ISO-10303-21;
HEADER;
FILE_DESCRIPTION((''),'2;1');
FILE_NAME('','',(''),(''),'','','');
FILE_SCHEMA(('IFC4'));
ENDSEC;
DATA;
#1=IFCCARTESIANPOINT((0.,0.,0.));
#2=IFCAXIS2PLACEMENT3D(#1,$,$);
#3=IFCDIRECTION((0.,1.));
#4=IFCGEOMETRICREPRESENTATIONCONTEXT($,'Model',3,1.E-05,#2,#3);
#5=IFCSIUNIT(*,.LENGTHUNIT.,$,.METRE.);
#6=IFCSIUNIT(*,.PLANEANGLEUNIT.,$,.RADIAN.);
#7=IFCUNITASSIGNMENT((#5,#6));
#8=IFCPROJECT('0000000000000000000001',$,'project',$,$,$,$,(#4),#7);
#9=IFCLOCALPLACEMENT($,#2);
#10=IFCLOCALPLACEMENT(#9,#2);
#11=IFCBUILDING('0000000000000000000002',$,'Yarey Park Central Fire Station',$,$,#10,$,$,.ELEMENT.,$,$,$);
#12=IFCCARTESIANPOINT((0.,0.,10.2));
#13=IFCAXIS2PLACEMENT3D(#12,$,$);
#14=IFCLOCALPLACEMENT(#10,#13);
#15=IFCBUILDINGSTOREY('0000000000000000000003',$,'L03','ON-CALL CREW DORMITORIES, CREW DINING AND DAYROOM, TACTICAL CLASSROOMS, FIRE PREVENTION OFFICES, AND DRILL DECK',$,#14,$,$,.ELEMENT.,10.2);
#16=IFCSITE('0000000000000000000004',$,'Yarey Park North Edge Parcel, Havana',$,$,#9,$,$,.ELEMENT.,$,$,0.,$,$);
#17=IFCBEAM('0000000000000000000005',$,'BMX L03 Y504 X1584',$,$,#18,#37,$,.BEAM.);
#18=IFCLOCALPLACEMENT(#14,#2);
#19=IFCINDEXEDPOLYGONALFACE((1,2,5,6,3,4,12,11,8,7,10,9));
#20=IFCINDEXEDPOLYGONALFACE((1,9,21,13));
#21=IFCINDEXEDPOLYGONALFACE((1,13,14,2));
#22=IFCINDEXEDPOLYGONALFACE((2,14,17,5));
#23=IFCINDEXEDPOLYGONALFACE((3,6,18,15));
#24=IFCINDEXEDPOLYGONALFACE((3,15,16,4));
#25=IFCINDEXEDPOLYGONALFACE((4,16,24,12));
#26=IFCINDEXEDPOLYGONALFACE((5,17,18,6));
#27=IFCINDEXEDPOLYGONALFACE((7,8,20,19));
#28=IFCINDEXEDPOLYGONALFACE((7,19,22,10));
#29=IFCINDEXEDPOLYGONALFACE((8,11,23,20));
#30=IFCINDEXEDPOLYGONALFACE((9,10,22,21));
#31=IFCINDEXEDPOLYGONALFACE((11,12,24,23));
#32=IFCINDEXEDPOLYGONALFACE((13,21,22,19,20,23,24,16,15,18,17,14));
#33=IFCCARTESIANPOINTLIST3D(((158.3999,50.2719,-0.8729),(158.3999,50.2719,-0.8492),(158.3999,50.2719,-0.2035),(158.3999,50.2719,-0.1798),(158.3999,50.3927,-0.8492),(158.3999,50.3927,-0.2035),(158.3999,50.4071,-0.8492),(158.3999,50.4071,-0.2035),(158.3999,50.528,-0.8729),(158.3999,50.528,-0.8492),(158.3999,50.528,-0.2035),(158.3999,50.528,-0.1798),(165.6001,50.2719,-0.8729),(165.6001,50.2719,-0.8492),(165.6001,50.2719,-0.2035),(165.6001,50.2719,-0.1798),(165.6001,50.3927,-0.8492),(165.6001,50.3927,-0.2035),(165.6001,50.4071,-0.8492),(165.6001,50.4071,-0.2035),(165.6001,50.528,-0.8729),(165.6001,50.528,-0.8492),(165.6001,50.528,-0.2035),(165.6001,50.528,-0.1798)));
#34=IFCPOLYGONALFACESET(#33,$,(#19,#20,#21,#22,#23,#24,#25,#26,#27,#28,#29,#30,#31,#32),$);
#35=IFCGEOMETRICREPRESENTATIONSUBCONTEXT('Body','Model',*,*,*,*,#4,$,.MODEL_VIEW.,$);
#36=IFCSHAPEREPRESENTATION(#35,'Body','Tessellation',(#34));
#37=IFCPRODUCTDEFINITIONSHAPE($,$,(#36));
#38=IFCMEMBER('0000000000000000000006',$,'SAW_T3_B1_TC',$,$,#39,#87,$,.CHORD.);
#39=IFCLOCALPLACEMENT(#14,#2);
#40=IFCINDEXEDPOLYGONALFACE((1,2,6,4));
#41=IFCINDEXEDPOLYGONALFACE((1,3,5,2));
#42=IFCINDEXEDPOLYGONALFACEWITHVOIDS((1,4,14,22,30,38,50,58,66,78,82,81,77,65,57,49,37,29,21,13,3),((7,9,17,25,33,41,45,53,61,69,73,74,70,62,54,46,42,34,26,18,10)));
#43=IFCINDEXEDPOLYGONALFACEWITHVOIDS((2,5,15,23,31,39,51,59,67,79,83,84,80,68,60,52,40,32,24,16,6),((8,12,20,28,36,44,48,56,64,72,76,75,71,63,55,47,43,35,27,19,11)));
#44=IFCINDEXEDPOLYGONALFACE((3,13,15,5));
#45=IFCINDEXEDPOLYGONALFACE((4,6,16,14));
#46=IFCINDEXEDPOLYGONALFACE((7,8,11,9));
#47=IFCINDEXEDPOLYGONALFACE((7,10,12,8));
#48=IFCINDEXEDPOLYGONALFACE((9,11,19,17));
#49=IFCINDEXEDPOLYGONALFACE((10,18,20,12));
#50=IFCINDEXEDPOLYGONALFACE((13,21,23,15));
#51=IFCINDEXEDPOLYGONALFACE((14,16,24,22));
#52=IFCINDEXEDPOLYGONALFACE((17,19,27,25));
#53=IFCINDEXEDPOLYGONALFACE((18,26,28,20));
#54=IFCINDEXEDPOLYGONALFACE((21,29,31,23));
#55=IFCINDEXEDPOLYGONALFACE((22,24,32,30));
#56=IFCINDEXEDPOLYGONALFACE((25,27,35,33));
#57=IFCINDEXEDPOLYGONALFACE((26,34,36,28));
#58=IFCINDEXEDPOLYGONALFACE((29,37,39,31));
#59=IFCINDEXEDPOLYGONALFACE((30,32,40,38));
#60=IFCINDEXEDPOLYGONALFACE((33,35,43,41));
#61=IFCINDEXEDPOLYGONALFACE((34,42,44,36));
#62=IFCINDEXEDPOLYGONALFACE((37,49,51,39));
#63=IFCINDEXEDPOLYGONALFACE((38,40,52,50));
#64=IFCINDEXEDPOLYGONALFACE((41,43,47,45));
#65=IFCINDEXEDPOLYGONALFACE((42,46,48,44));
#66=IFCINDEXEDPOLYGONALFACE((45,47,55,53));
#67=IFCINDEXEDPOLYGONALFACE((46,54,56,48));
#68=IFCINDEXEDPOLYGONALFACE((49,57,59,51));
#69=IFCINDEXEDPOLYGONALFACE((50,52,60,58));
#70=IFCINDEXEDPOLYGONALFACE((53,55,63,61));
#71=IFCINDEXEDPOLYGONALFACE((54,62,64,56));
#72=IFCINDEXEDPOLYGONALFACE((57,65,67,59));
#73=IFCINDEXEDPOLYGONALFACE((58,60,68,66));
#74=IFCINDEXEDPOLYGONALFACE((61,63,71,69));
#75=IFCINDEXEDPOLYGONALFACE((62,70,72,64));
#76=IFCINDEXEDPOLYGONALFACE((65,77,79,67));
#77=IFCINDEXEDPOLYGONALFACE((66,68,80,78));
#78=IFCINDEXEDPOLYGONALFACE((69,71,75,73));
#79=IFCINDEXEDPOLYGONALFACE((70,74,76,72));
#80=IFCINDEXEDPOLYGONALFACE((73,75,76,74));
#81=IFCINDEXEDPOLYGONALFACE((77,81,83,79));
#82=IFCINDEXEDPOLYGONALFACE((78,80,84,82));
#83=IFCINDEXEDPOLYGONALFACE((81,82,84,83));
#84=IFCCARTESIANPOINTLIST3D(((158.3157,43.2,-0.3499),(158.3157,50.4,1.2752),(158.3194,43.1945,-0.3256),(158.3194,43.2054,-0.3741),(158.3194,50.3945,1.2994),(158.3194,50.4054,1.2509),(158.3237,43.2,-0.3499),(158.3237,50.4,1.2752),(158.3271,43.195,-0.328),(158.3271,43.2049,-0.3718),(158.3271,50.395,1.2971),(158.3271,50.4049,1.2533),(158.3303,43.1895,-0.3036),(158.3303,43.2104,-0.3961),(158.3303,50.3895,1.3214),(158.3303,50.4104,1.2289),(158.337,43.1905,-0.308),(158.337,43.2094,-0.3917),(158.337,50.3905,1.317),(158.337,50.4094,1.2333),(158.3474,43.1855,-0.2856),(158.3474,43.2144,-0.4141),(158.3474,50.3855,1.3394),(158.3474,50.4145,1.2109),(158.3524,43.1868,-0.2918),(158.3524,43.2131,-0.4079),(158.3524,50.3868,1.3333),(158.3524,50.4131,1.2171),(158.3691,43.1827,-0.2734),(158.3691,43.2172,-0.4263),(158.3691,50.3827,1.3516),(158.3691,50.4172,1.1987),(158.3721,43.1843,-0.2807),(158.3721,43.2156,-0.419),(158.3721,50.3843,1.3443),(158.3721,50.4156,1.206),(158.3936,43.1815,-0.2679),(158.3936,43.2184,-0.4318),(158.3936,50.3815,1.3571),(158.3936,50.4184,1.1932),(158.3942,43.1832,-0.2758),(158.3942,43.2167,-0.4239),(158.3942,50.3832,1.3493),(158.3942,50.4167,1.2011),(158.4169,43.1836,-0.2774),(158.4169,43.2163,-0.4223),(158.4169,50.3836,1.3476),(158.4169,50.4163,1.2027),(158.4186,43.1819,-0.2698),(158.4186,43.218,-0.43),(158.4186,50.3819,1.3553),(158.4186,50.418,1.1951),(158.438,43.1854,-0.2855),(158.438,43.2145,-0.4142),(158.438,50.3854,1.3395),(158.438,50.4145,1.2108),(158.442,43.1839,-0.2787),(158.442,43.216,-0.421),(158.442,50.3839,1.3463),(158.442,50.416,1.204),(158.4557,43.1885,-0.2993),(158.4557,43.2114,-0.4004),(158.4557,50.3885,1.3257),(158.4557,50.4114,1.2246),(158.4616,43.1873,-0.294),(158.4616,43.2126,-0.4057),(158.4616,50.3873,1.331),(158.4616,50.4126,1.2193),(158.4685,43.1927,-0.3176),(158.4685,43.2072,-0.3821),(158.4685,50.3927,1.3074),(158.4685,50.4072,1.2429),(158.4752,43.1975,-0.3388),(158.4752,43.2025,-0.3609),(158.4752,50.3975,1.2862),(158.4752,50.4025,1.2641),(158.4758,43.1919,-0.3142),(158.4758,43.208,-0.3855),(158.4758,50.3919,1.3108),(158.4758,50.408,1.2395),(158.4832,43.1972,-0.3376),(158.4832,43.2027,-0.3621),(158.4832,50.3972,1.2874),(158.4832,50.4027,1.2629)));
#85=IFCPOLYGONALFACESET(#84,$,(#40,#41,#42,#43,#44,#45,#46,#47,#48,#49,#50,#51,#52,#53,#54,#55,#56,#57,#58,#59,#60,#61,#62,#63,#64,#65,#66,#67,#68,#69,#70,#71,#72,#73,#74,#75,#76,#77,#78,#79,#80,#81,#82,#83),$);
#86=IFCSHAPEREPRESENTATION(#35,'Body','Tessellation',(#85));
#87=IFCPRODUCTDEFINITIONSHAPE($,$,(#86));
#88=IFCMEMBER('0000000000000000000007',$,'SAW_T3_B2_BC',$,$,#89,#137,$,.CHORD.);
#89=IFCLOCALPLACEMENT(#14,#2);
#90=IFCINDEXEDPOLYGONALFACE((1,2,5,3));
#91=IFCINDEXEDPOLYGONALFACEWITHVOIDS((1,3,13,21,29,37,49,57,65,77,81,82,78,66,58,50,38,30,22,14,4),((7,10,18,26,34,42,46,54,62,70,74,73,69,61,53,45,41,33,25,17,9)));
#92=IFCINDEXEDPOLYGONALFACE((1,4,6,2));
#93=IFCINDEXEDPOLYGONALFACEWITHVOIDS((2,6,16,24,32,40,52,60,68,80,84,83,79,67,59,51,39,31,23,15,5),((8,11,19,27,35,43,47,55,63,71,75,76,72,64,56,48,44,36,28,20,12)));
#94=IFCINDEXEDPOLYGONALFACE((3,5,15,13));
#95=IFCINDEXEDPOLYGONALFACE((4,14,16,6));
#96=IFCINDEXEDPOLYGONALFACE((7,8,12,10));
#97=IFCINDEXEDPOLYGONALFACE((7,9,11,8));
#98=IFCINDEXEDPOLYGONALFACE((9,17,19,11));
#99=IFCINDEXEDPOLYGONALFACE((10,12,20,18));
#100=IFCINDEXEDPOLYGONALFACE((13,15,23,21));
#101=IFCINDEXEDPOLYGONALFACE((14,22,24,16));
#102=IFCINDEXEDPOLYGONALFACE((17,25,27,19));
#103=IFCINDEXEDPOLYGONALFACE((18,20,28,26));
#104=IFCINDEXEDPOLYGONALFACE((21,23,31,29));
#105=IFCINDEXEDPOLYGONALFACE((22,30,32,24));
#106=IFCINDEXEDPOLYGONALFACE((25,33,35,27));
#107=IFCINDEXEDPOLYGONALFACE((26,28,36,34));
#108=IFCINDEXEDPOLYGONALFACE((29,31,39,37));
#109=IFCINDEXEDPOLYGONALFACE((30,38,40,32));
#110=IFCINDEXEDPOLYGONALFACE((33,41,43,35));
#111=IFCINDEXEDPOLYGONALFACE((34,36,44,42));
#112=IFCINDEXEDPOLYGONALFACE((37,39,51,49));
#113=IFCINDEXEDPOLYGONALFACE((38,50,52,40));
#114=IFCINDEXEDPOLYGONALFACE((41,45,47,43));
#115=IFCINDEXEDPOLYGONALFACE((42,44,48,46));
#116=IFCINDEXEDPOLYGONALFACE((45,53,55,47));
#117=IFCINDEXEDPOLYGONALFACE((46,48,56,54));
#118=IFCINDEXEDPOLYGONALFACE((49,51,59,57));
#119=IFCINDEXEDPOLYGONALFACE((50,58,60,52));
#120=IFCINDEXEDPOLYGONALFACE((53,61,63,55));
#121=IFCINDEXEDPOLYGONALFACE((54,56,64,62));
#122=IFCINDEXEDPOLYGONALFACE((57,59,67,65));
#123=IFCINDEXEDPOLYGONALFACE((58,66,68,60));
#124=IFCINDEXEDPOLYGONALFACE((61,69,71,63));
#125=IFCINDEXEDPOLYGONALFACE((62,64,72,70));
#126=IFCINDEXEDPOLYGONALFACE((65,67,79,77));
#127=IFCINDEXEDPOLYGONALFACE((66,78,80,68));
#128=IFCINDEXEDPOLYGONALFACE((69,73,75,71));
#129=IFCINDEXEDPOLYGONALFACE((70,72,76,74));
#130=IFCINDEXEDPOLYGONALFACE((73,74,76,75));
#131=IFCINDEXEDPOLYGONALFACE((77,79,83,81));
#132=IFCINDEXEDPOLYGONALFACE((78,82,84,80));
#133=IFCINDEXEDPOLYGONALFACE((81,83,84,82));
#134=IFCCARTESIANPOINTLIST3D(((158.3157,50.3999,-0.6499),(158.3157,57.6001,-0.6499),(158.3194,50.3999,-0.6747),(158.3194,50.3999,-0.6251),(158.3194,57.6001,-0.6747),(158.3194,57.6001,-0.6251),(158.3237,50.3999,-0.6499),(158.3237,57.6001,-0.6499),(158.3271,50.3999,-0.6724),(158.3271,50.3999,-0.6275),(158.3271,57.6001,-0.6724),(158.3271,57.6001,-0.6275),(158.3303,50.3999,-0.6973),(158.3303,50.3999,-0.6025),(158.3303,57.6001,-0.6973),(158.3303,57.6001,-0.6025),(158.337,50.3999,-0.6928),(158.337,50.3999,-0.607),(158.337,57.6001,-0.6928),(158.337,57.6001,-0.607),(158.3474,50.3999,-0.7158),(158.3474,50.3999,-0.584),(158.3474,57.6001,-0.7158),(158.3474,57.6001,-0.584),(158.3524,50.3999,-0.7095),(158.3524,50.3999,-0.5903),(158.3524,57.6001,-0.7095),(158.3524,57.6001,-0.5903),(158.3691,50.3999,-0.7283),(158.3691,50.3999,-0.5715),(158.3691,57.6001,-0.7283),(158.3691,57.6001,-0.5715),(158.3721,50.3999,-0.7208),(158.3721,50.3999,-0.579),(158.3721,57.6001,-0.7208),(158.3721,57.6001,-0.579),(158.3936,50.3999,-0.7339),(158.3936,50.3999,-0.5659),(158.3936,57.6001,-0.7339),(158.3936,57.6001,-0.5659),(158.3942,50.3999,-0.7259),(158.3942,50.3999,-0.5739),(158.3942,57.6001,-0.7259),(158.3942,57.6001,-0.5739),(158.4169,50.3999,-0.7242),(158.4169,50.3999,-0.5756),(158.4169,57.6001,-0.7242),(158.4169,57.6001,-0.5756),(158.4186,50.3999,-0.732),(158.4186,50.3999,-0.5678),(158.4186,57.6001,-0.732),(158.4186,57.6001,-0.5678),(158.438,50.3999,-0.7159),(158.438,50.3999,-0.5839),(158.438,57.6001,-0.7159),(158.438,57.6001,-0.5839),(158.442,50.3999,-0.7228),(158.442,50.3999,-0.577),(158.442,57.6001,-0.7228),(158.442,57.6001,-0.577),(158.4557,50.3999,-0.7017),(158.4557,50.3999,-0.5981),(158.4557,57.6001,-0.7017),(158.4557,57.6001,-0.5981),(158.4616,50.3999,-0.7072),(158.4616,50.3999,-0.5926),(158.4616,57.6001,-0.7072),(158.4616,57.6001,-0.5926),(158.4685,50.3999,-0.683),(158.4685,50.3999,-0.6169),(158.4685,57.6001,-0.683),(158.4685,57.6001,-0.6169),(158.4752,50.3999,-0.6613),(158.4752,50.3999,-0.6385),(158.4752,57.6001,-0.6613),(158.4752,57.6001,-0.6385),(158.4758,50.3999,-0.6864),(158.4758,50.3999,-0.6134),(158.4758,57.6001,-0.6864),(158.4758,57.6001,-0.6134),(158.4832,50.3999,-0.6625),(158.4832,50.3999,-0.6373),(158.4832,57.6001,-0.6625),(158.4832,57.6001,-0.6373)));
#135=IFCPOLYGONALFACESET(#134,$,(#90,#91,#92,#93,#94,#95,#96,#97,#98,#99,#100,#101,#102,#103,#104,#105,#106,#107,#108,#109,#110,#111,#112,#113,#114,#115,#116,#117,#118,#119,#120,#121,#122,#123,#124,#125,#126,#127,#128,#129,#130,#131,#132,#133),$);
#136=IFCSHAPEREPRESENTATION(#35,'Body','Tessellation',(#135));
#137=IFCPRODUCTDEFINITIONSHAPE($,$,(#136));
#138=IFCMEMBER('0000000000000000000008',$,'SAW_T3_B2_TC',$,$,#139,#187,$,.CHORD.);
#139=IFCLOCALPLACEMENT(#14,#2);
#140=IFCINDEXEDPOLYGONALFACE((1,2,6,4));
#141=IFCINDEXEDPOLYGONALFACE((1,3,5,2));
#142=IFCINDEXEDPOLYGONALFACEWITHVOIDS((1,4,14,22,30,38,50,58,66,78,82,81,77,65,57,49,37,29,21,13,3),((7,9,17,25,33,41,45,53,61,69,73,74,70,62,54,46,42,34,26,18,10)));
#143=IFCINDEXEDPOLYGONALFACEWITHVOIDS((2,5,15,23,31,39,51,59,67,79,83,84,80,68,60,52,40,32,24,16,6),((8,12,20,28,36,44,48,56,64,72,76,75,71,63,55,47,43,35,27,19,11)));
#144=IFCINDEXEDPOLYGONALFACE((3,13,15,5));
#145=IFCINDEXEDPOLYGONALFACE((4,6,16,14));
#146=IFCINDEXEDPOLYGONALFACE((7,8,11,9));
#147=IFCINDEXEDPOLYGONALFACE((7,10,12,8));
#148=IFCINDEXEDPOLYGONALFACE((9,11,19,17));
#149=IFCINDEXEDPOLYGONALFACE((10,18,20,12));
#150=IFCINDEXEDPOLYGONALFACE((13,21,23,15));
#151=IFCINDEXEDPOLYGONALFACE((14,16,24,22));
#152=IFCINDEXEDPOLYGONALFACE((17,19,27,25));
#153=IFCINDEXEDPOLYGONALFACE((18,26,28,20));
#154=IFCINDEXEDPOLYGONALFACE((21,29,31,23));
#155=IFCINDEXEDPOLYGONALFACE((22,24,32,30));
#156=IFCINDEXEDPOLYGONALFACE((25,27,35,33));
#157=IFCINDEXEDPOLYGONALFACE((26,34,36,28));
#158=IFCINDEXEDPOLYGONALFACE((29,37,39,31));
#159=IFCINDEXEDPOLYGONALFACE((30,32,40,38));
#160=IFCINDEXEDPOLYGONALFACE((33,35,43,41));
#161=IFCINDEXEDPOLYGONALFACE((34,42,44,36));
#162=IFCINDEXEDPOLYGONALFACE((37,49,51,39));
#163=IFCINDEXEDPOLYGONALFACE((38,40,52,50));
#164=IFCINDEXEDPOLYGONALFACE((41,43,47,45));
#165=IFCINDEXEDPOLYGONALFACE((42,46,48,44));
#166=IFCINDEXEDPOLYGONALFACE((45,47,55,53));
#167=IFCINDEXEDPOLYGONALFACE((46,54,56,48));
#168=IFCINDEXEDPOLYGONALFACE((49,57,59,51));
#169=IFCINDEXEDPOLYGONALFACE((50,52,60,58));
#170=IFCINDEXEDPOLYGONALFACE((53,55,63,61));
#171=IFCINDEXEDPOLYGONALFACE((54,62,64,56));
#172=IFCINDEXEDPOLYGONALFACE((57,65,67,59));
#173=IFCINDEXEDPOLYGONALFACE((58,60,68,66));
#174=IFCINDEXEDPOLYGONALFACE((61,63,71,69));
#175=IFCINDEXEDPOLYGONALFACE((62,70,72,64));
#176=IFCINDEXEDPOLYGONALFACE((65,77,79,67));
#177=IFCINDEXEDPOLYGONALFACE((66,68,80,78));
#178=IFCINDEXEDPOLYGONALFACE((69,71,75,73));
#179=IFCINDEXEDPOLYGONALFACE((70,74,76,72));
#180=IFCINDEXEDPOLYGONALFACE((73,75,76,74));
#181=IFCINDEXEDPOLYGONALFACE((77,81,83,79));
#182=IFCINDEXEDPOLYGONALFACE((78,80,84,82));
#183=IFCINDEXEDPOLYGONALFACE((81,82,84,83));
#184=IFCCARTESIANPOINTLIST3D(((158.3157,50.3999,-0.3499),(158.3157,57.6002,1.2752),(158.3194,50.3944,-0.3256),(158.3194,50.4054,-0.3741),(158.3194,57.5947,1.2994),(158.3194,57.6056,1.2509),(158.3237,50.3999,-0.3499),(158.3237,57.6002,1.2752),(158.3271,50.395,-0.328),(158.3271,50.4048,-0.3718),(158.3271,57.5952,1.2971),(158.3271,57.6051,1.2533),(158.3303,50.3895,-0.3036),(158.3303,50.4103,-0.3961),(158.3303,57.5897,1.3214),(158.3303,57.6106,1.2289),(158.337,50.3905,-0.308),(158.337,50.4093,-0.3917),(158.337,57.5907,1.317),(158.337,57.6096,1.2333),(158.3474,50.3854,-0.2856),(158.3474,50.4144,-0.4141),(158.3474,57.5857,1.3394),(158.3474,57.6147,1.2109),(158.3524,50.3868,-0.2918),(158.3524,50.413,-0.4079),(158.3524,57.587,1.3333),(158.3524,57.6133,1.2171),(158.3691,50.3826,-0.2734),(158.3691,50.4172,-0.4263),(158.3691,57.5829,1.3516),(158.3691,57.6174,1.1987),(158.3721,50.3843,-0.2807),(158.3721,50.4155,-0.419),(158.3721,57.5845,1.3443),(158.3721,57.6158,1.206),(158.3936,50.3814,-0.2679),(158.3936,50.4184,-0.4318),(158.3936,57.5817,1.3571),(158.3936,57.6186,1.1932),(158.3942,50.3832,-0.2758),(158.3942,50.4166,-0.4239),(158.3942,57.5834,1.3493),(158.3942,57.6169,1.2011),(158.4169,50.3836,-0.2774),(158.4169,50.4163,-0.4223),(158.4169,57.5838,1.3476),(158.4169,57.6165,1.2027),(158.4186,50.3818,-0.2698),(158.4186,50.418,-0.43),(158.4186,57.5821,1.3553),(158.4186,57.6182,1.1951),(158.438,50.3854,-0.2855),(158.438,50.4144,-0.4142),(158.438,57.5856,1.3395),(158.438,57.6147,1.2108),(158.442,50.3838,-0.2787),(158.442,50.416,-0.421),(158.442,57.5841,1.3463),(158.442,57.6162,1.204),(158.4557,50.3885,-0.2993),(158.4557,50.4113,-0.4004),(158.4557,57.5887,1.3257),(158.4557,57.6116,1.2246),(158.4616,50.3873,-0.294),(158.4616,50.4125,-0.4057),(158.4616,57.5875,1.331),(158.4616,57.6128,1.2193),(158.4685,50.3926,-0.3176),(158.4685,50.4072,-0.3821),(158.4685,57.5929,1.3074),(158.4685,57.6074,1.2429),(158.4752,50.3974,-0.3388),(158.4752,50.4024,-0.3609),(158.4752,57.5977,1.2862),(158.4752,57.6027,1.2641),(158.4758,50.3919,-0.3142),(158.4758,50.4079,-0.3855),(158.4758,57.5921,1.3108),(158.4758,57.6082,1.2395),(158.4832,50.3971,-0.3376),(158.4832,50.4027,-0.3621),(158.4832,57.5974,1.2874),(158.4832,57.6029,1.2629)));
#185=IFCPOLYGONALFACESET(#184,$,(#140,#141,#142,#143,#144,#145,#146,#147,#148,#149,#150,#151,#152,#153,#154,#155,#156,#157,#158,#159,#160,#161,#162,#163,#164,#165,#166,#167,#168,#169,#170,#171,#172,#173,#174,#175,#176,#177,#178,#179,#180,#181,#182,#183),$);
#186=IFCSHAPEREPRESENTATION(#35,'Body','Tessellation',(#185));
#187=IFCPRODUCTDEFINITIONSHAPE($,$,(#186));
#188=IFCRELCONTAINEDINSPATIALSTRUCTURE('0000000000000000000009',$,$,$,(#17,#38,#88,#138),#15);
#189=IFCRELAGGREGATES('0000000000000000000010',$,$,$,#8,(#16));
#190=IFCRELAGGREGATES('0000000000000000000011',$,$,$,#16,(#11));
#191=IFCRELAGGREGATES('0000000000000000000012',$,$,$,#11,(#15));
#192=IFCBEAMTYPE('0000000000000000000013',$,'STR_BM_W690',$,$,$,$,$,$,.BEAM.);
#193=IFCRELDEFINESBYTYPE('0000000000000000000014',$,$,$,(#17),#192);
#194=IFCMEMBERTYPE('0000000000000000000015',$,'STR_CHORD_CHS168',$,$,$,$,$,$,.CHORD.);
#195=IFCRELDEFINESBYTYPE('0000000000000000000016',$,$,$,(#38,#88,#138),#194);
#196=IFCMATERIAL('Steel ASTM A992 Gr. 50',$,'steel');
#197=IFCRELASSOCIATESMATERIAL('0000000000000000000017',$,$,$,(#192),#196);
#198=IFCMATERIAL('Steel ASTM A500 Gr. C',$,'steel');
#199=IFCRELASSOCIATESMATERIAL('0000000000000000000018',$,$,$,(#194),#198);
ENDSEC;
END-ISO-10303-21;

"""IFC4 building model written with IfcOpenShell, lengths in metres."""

from ifc_helpers import new_model, si_unit, direction, frame, origin, origin_2d, place, context, subcontext, project, spatial, hollow_circle, i_section, extrude, material, material_profile, profile_set, type_object, element, save


model = new_model("IFC4")

# Units and contexts
model_context = context("Model", 3, precision=1e-05, world=origin(), true_north=direction((0.0, 1.0)))
body_context = subcontext(model_context, "Body", "Model", "MODEL_VIEW")
ifc_project = project(units=[si_unit("LENGTHUNIT", "METRE"), si_unit("PLANEANGLEUNIT", "RADIAN")], contexts=[model_context])

# Site, building, storey
site_placement = place(None, origin())
site = spatial("IfcSite", under=ifc_project, at=site_placement, Name="Yarey Park North Edge Parcel, Havana", CompositionType="ELEMENT", RefElevation=0.0)
building_placement = place(site_placement, origin())
building = spatial("IfcBuilding", under=site, at=building_placement, Name="Yarey Park Central Fire Station", CompositionType="ELEMENT")
storey_placement = place(building_placement, frame((0.0, 0.0, 10.2)))
storey = spatial("IfcBuildingStorey", under=building, at=storey_placement, Name="L03", Description="ON-CALL CREW DORMITORIES, CREW DINING AND DAYROOM, TACTICAL CLASSROOMS, FIRE PREVENTION OFFICES, AND DRILL DECK", CompositionType="ELEMENT", Elevation=10.2)

# Beam
ifc_material_1 = material(Name="Steel ASTM A992 Gr. 50", Category="steel")
ifc_material_profile_1 = material_profile(ifc_material_1, i_section(OverallWidth=0.2561, OverallDepth=0.6931, WebThickness=0.0144, FlangeThickness=0.0237, at=origin_2d()), Name="W690x170")
ifc_profile_set_1 = profile_set([ifc_material_profile_1], Name="Steel ASTM A992 Gr. 50")
beam_type_1 = type_object("IfcBeamType", Name="STR_BM_W690", PredefinedType="BEAM", material=ifc_profile_set_1)
beam_1_placement = place(storey_placement, frame((158.3999, 50.3999, -0.5264), z_axis=(1.0, 0.0, 0.0), x_axis=(0.0, 1.0, 0.0)))
element("IfcBeam", 1, at=beam_1_placement, inside=storey, type_object=beam_type_1, Name="BMX L03 Y504 X1584", PredefinedType="BEAM", context=body_context, shape_type="SweptSolid", body=[
    extrude(i_section(OverallWidth=0.2561, OverallDepth=0.6931, WebThickness=0.0144, FlangeThickness=0.0237, at=origin_2d()), origin(), (0.0, 0.0, 1.0), 7.2002),
])

# Members
ifc_material_2 = material(Name="Steel ASTM A500 Gr. C", Category="steel")
ifc_material_profile_2 = material_profile(ifc_material_2, hollow_circle(Radius=0.0842, WallThickness=0.0081, at=origin_2d()), Name="CHS 168.3x8")
ifc_profile_set_2 = profile_set([ifc_material_profile_2], Name="Steel ASTM A500 Gr. C")
member_type_1 = type_object("IfcMemberType", Name="STR_CHORD_CHS168", PredefinedType="CHORD", material=ifc_profile_set_2)
member_1_placement = place(storey_placement, frame((158.3999, 43.2, -0.3499), z_axis=(0.0, 0.975464, 0.220158), x_axis=(-1.0, 0.0, 0.0)))
element("IfcMember", 2, at=member_1_placement, inside=storey, type_object=member_type_1, Name="SAW_T3_B1_TC", PredefinedType="CHORD", context=body_context, shape_type="SweptSolid", body=[
    extrude(hollow_circle(Radius=0.0842, WallThickness=0.0081, at=origin_2d()), origin(), (0.0, 0.0, 1.0), 7.3811),
])
member_2_placement = place(storey_placement, frame((158.3999, 50.3999, -0.6499), z_axis=(0.0, 1.0, 0.0), x_axis=(-1.0, 0.0, 0.0)))
element("IfcMember", 3, at=member_2_placement, inside=storey, type_object=member_type_1, Name="SAW_T3_B2_BC", PredefinedType="CHORD", context=body_context, shape_type="SweptSolid", body=[
    extrude(hollow_circle(Radius=0.0842, WallThickness=0.0081, at=origin_2d()), origin(), (0.0, 0.0, 1.0), 7.2002),
])
member_3_placement = place(storey_placement, frame((158.3999, 50.3999, -0.3499), z_axis=(0.0, 0.975466, 0.220151), x_axis=(-1.0, 0.0, 0.0)))
element("IfcMember", 4, at=member_3_placement, inside=storey, type_object=member_type_1, Name="SAW_T3_B2_TC", PredefinedType="CHORD", context=body_context, shape_type="SweptSolid", body=[
    extrude(hollow_circle(Radius=0.0842, WallThickness=0.0081, at=origin_2d()), origin(), (0.0, 0.0, 1.0), 7.3813),
])

save(model, "model.ifc")
